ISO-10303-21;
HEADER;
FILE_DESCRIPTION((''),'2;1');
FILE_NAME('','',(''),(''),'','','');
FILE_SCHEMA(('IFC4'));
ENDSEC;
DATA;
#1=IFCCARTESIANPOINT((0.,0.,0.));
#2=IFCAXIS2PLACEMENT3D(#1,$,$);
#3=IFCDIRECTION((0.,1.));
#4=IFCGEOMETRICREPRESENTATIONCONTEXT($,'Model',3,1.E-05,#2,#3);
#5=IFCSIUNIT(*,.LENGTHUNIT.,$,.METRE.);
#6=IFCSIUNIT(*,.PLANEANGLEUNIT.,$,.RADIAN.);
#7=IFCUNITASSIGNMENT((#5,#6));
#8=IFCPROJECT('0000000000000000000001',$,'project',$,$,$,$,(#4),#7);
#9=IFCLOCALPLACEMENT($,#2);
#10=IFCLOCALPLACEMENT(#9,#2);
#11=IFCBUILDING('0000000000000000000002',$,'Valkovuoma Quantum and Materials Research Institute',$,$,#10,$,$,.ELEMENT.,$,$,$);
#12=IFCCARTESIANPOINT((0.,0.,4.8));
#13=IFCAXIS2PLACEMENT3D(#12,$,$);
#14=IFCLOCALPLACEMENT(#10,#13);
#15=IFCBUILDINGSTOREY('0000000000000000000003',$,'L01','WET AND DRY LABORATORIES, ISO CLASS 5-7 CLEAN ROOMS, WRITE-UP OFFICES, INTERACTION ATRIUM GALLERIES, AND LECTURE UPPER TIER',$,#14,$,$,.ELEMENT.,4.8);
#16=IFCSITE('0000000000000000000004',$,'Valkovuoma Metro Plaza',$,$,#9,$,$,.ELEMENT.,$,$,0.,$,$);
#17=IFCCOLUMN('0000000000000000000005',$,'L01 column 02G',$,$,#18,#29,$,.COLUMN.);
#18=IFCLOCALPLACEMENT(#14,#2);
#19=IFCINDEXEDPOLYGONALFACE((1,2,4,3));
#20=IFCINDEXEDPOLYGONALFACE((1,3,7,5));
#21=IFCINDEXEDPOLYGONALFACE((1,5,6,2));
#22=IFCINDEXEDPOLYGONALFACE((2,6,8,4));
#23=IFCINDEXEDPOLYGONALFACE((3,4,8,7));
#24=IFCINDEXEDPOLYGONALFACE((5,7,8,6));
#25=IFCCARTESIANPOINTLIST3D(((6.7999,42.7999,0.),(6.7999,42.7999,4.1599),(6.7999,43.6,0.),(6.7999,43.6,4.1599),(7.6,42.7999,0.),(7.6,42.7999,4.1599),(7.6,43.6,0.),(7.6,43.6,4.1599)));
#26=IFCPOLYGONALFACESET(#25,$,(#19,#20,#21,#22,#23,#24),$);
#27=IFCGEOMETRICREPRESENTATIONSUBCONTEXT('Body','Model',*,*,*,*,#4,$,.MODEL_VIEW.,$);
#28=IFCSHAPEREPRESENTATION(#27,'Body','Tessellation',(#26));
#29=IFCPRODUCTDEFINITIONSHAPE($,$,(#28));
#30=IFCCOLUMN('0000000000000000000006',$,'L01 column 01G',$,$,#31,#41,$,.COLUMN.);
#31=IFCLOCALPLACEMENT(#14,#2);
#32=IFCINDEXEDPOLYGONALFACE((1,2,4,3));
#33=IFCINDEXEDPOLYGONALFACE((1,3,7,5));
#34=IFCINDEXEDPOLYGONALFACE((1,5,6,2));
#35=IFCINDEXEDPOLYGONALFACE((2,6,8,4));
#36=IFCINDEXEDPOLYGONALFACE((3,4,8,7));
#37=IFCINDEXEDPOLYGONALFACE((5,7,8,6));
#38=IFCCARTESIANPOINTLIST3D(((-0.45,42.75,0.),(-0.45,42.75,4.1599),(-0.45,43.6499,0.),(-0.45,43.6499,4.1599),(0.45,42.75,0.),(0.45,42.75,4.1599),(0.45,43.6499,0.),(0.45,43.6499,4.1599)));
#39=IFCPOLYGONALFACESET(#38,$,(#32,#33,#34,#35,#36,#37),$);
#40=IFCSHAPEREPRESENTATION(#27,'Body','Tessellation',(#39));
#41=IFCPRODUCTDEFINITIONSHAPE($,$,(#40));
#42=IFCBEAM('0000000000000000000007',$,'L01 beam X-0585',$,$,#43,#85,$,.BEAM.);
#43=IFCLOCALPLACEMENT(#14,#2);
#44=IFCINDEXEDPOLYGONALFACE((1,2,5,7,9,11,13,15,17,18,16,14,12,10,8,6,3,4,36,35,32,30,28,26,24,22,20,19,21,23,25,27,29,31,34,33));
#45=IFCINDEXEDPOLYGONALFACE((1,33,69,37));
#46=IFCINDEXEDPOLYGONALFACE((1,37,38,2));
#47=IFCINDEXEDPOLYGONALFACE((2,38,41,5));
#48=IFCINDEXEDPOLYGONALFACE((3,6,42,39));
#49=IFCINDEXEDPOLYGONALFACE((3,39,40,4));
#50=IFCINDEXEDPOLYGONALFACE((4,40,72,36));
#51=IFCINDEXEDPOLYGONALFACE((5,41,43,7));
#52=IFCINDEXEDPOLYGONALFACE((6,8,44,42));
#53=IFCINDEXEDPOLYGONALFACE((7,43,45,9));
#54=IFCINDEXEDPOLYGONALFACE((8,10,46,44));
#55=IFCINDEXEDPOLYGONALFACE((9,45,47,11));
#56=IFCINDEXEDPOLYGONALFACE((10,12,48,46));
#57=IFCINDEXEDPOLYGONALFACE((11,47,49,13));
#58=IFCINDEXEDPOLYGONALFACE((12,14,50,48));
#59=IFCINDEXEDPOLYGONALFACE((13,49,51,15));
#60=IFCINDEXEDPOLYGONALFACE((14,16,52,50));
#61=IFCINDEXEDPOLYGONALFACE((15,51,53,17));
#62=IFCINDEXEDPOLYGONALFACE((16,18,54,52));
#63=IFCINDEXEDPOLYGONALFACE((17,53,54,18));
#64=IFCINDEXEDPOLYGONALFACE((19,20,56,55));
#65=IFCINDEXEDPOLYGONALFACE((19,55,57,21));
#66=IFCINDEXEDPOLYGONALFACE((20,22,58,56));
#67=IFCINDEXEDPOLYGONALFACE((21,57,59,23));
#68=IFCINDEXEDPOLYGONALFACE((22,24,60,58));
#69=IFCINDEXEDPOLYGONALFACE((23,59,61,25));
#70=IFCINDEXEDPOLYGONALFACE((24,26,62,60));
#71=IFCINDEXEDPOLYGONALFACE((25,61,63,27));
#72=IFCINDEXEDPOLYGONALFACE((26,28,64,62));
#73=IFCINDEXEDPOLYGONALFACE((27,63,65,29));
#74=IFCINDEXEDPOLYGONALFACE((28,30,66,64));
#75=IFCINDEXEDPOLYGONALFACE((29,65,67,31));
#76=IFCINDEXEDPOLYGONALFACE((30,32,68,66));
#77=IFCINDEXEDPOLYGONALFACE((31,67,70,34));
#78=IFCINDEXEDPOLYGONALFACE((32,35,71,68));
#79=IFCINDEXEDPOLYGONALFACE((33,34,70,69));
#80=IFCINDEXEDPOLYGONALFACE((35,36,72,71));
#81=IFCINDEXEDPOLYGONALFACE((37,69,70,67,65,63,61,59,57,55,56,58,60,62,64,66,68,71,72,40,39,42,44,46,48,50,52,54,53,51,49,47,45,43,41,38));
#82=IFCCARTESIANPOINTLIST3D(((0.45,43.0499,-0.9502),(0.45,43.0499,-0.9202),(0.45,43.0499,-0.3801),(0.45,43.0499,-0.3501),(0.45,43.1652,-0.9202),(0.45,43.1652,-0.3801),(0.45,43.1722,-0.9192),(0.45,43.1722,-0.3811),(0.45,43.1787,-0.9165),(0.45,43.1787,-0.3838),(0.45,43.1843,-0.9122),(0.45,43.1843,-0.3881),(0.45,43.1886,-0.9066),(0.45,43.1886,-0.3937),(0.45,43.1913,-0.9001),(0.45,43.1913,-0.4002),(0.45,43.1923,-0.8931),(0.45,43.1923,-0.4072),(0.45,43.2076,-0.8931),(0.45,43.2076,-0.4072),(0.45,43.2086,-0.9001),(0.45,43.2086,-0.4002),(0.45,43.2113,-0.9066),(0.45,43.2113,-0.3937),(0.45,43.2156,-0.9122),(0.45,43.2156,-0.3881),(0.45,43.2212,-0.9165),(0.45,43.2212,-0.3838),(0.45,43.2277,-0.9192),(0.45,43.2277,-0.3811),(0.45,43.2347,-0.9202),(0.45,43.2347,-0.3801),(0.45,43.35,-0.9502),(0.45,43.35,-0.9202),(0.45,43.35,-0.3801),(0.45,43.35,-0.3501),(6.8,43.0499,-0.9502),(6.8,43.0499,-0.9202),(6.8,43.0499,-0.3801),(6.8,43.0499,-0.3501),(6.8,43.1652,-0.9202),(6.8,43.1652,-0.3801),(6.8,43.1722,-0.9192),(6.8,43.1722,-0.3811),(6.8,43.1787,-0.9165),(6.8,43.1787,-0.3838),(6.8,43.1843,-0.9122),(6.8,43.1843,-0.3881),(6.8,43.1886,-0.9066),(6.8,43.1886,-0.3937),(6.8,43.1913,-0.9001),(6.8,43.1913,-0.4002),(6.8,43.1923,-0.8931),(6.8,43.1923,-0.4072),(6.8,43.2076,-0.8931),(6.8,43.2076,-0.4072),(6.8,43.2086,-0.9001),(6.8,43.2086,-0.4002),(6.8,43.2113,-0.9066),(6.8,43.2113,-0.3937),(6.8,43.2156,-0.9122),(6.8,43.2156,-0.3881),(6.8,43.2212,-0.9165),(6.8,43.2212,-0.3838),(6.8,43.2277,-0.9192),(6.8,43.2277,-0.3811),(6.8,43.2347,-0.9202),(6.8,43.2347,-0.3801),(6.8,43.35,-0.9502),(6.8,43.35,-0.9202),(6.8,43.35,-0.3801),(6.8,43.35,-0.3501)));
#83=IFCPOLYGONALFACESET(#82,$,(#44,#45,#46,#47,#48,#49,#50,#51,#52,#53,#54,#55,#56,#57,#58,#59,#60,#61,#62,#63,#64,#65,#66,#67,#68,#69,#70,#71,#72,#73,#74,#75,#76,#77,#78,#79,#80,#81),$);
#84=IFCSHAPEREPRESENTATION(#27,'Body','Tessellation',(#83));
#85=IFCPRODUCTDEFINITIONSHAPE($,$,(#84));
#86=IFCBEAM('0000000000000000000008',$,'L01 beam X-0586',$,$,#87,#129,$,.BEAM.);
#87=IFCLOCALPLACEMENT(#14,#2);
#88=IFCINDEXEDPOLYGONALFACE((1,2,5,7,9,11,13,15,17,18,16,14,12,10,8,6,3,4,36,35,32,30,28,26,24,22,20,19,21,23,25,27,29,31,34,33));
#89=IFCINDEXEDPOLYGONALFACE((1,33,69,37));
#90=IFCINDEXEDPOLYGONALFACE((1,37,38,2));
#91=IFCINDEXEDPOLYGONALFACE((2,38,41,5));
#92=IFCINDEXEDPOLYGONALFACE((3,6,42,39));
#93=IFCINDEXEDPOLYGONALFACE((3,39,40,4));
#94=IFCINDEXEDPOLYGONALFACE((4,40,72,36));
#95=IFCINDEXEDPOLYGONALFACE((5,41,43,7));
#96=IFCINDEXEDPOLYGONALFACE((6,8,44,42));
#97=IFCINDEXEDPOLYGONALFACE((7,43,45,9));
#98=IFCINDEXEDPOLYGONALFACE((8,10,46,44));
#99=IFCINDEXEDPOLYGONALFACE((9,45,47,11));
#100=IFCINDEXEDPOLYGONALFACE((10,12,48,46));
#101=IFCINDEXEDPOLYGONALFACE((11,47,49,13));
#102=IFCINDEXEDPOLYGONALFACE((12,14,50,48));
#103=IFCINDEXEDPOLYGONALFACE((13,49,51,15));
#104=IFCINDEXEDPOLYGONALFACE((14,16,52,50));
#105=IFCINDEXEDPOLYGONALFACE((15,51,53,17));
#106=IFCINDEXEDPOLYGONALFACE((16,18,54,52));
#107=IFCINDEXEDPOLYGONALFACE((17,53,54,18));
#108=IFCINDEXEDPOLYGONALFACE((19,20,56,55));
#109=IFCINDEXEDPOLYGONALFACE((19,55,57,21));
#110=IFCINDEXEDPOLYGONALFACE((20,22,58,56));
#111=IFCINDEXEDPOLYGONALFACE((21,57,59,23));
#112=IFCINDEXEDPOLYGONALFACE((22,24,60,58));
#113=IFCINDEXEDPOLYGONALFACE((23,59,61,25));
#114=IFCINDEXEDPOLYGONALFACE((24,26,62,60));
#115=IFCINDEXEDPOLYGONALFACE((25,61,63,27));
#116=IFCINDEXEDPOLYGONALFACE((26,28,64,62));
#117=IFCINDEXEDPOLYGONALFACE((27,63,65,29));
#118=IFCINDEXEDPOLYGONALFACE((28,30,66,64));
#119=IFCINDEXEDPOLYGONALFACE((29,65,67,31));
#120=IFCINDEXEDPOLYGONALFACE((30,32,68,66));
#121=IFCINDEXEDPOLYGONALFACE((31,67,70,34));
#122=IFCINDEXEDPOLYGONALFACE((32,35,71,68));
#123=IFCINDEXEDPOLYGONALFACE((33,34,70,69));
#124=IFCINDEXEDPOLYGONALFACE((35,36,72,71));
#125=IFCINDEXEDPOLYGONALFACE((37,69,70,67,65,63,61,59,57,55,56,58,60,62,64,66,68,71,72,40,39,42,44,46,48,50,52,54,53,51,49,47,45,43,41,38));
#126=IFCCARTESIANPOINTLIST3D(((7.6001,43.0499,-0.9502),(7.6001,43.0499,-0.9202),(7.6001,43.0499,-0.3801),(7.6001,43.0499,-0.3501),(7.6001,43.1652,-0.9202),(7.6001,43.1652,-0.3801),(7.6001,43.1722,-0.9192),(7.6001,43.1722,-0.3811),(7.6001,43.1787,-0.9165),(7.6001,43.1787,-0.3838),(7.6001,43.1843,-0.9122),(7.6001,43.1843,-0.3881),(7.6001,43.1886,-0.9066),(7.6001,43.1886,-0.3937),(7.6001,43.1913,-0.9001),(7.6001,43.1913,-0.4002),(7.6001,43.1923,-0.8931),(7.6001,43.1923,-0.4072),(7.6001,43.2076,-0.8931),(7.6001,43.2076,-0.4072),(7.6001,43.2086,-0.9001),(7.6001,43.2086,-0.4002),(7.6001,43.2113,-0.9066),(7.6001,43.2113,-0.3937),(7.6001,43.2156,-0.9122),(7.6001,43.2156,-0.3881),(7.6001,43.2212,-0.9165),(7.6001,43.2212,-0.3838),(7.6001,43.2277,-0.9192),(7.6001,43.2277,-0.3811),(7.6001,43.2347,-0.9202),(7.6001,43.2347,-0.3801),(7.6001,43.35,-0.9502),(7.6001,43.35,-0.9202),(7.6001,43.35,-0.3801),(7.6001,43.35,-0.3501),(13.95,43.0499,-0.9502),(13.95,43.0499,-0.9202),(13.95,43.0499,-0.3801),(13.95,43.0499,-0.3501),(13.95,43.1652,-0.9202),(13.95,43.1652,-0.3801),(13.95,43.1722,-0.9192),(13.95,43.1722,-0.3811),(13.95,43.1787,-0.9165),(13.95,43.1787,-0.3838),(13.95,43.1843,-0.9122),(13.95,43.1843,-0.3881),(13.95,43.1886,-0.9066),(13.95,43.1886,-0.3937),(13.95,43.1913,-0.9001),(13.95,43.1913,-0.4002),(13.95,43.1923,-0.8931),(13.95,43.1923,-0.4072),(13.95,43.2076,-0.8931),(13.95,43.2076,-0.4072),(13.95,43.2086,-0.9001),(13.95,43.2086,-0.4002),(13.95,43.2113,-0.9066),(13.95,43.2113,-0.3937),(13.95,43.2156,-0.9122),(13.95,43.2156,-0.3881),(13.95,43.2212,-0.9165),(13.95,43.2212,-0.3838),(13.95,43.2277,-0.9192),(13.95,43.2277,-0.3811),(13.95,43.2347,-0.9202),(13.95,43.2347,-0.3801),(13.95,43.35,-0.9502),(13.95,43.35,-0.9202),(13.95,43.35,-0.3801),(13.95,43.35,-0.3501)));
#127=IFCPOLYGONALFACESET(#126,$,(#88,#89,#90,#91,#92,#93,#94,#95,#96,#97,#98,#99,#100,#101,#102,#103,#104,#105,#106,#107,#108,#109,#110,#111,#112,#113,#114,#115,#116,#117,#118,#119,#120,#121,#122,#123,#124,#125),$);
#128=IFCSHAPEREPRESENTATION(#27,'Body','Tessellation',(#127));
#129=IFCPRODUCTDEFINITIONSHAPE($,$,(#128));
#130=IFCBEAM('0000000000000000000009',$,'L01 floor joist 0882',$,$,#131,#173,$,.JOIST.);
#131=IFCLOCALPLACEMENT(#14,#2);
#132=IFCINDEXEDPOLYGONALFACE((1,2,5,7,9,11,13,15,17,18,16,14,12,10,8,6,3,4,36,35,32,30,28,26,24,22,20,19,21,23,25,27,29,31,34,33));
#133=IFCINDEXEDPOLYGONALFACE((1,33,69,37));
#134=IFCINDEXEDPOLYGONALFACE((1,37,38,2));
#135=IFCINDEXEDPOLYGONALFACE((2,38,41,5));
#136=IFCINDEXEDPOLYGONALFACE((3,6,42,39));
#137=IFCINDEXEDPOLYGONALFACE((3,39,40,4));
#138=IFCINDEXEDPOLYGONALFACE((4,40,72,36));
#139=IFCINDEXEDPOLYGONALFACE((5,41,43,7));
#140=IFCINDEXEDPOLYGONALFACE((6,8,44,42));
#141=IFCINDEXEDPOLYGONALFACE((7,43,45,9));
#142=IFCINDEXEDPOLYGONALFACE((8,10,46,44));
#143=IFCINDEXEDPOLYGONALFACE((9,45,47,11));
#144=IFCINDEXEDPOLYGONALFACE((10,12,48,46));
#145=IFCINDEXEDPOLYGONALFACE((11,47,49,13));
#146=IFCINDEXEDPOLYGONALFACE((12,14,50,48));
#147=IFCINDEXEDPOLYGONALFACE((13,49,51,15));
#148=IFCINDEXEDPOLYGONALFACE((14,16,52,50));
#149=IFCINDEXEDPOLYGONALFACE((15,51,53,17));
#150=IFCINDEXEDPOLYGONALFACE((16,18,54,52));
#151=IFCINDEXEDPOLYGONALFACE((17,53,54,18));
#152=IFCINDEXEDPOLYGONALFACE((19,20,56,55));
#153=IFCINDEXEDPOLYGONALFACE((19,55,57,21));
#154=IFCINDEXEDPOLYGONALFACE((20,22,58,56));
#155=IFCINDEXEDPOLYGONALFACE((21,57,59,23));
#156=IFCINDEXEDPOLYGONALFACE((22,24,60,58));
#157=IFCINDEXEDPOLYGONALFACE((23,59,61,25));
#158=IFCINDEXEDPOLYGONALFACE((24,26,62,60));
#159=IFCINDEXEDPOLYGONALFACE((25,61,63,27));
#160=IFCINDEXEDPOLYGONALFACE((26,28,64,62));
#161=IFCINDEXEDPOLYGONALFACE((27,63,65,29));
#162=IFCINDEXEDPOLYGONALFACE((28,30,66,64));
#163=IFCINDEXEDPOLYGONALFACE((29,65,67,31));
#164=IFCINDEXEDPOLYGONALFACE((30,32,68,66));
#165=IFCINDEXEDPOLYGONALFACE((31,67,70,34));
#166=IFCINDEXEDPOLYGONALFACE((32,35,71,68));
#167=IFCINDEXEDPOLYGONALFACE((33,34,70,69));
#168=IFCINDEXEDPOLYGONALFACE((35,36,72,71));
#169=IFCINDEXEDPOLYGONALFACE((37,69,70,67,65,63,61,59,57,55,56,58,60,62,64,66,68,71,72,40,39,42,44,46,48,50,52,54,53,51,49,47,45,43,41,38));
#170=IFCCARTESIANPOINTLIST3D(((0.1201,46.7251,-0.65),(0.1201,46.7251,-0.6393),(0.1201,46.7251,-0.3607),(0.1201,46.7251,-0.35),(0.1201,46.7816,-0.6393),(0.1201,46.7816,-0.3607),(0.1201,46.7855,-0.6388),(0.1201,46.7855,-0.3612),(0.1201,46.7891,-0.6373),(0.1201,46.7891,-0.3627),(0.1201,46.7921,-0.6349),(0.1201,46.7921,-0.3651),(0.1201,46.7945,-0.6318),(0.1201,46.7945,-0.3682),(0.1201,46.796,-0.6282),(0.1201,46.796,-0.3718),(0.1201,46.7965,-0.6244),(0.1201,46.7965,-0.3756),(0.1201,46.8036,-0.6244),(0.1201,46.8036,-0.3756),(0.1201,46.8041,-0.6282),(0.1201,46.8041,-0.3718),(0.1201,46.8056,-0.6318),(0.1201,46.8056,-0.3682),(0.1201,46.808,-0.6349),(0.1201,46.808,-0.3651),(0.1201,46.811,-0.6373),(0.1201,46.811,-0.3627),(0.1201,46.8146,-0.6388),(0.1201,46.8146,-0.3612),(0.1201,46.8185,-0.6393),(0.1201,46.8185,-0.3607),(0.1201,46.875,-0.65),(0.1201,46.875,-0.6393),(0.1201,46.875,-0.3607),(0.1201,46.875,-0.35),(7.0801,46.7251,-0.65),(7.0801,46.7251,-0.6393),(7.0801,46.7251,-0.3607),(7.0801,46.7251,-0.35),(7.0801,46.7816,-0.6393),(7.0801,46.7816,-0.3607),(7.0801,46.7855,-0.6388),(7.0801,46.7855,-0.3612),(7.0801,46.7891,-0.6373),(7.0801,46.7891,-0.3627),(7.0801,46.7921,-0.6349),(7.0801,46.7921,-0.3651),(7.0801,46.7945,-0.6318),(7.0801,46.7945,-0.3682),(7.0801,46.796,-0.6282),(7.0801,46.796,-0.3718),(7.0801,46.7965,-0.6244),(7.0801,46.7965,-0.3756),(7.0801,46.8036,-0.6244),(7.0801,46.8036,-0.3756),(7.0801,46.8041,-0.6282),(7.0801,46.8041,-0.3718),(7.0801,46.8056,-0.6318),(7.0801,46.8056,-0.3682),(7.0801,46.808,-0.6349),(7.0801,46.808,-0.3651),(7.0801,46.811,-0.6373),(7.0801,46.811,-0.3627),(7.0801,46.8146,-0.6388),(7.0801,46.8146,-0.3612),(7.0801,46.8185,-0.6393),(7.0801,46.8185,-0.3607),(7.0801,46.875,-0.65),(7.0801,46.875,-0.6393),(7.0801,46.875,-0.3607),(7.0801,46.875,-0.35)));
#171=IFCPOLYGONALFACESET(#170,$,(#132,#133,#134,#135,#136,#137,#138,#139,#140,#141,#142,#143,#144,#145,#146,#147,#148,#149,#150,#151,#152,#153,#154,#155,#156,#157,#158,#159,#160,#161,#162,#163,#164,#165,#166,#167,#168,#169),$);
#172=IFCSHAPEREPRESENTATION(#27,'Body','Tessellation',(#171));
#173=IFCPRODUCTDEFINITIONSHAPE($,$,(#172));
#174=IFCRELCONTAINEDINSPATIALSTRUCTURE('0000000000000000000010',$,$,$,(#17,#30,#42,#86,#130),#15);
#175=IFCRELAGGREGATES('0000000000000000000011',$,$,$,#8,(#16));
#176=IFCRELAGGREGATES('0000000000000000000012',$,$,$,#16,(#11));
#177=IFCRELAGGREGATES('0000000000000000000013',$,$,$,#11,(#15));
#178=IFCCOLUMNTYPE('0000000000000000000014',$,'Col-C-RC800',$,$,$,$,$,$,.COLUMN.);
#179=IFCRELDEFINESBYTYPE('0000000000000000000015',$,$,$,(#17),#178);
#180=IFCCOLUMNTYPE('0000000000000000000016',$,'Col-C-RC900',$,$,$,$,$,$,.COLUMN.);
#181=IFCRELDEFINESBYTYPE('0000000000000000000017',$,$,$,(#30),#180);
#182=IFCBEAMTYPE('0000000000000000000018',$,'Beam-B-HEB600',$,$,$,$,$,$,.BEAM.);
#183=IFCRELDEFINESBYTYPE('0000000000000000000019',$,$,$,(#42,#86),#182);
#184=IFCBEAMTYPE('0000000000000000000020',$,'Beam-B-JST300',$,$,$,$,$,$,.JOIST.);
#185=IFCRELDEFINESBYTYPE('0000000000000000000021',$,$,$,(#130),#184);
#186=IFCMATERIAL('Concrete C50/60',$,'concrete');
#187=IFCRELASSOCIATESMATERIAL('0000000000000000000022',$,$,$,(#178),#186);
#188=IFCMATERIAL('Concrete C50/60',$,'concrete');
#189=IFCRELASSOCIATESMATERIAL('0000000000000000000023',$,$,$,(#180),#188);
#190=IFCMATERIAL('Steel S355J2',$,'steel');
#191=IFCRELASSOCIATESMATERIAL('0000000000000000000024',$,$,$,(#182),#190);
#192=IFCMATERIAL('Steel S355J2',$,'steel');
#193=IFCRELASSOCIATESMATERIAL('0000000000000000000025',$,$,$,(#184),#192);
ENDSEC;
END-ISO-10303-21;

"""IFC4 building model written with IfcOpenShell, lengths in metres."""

from ifc_helpers import new_model, si_unit, direction, frame, origin, origin_2d, place, context, subcontext, project, spatial, rectangle, i_section, extrude, material, material_profile, profile_set, type_object, element, save


model = new_model("IFC4")

# Units and contexts
model_context = context("Model", 3, precision=1e-05, world=origin(), true_north=direction((0.0, 1.0)))
body_context = subcontext(model_context, "Body", "Model", "MODEL_VIEW")
ifc_project = project(units=[si_unit("LENGTHUNIT", "METRE"), si_unit("PLANEANGLEUNIT", "RADIAN")], contexts=[model_context])

# Site, building, storey
site_placement = place(None, origin())
site = spatial("IfcSite", under=ifc_project, at=site_placement, Name="Valkovuoma Metro Plaza", CompositionType="ELEMENT", RefElevation=0.0)
building_placement = place(site_placement, origin())
building = spatial("IfcBuilding", under=site, at=building_placement, Name="Valkovuoma Quantum and Materials Research Institute", CompositionType="ELEMENT")
storey_placement = place(building_placement, frame((0.0, 0.0, 4.8)))
storey = spatial("IfcBuildingStorey", under=building, at=storey_placement, Name="L01", Description="WET AND DRY LABORATORIES, ISO CLASS 5-7 CLEAN ROOMS, WRITE-UP OFFICES, INTERACTION ATRIUM GALLERIES, AND LECTURE UPPER TIER", CompositionType="ELEMENT", Elevation=4.8)

# Columns
ifc_material_1 = material(Name="Concrete C50/60", Category="concrete")
ifc_material_profile_1 = material_profile(ifc_material_1, rectangle(XDim=0.8, YDim=0.8, at=origin_2d()), Name="Concrete C50/60")
ifc_profile_set_1 = profile_set([ifc_material_profile_1], Name="Concrete C50/60")
column_type_1 = type_object("IfcColumnType", Name="Col-C-RC800", PredefinedType="COLUMN", material=ifc_profile_set_1)
column_1_placement = place(storey_placement, frame((7.2, 43.2, 0.0), z_axis=(0.0, 0.0, 1.0), x_axis=(1.0, 0.0, 0.0)))
element("IfcColumn", 1, at=column_1_placement, inside=storey, type_object=column_type_1, Name="L01 column 02G", PredefinedType="COLUMN", context=body_context, shape_type="SweptSolid", body=[
    extrude(rectangle(XDim=0.8, YDim=0.8, at=origin_2d()), origin(), (0.0, 0.0, 1.0), 4.1599),
])
ifc_material_2 = material(Name="Concrete C50/60", Category="concrete")
ifc_material_profile_2 = material_profile(ifc_material_2, rectangle(XDim=0.8999, YDim=0.8999, at=origin_2d()), Name="Concrete C50/60")
ifc_profile_set_2 = profile_set([ifc_material_profile_2], Name="Concrete C50/60")
column_type_2 = type_object("IfcColumnType", Name="Col-C-RC900", PredefinedType="COLUMN", material=ifc_profile_set_2)
column_2_placement = place(storey_placement, frame((0.0, 43.2, 0.0), z_axis=(0.0, 0.0, 1.0), x_axis=(1.0, 0.0, 0.0)))
element("IfcColumn", 2, at=column_2_placement, inside=storey, type_object=column_type_2, Name="L01 column 01G", PredefinedType="COLUMN", context=body_context, shape_type="SweptSolid", body=[
    extrude(rectangle(XDim=0.8999, YDim=0.8999, at=origin_2d()), origin(), (0.0, 0.0, 1.0), 4.1599),
])

# Beams
ifc_material_3 = material(Name="Steel S355J2", Category="steel")
ifc_material_profile_3 = material_profile(ifc_material_3, i_section(OverallWidth=0.3, OverallDepth=0.6001, WebThickness=0.0154, FlangeThickness=0.03, FilletRadius=0.0271, at=origin_2d()), Name="Steel S355J2")
ifc_profile_set_3 = profile_set([ifc_material_profile_3], Name="Steel S355J2")
beam_type_1 = type_object("IfcBeamType", Name="Beam-B-HEB600", PredefinedType="BEAM", material=ifc_profile_set_3)
beam_1_placement = place(storey_placement, frame((0.45, 43.2, -0.6501), z_axis=(1.0, 0.0, 0.0), x_axis=(0.0, 1.0, 0.0)))
element("IfcBeam", 3, at=beam_1_placement, inside=storey, type_object=beam_type_1, Name="L01 beam X-0585", PredefinedType="BEAM", context=body_context, shape_type="SweptSolid", body=[
    extrude(i_section(OverallWidth=0.3, OverallDepth=0.6001, WebThickness=0.0154, FlangeThickness=0.03, FilletRadius=0.0271, at=origin_2d()), origin(), (0.0, 0.0, 1.0), 6.3501),
])
beam_2_placement = place(storey_placement, frame((7.6001, 43.2, -0.6501), z_axis=(1.0, 0.0, 0.0), x_axis=(0.0, 1.0, 0.0)))
element("IfcBeam", 4, at=beam_2_placement, inside=storey, type_object=beam_type_1, Name="L01 beam X-0586", PredefinedType="BEAM", context=body_context, shape_type="SweptSolid", body=[
    extrude(i_section(OverallWidth=0.3, OverallDepth=0.6001, WebThickness=0.0154, FlangeThickness=0.03, FilletRadius=0.0271, at=origin_2d()), origin(), (0.0, 0.0, 1.0), 6.3499),
])
ifc_material_4 = material(Name="Steel S355J2", Category="steel")
ifc_material_profile_4 = material_profile(ifc_material_4, i_section(OverallWidth=0.1499, OverallDepth=0.3, WebThickness=0.0071, FlangeThickness=0.0107, FilletRadius=0.0149, at=origin_2d()), Name="Steel S355J2")
ifc_profile_set_4 = profile_set([ifc_material_profile_4], Name="Steel S355J2")
beam_type_2 = type_object("IfcBeamType", Name="Beam-B-JST300", PredefinedType="JOIST", material=ifc_profile_set_4)
for number, where, z_axis, x_axis, name in (
    (5, (0.1201, 46.8, -0.5), (1.0, 0.0, 0.0), (0.0, 1.0, 0.0), "L01 floor joist 0882"),
):
    element("IfcBeam", number, at=place(storey_placement, frame(where, z_axis=z_axis, x_axis=x_axis)), inside=storey, type_object=beam_type_2, Name=name, PredefinedType="JOIST", context=body_context, shape_type="SweptSolid", body=[
        extrude(i_section(OverallWidth=0.1499, OverallDepth=0.3, WebThickness=0.0071, FlangeThickness=0.0107, FilletRadius=0.0149, at=origin_2d()), origin(), (0.0, 0.0, 1.0), 6.96),
    ])

save(model, "model.ifc")
